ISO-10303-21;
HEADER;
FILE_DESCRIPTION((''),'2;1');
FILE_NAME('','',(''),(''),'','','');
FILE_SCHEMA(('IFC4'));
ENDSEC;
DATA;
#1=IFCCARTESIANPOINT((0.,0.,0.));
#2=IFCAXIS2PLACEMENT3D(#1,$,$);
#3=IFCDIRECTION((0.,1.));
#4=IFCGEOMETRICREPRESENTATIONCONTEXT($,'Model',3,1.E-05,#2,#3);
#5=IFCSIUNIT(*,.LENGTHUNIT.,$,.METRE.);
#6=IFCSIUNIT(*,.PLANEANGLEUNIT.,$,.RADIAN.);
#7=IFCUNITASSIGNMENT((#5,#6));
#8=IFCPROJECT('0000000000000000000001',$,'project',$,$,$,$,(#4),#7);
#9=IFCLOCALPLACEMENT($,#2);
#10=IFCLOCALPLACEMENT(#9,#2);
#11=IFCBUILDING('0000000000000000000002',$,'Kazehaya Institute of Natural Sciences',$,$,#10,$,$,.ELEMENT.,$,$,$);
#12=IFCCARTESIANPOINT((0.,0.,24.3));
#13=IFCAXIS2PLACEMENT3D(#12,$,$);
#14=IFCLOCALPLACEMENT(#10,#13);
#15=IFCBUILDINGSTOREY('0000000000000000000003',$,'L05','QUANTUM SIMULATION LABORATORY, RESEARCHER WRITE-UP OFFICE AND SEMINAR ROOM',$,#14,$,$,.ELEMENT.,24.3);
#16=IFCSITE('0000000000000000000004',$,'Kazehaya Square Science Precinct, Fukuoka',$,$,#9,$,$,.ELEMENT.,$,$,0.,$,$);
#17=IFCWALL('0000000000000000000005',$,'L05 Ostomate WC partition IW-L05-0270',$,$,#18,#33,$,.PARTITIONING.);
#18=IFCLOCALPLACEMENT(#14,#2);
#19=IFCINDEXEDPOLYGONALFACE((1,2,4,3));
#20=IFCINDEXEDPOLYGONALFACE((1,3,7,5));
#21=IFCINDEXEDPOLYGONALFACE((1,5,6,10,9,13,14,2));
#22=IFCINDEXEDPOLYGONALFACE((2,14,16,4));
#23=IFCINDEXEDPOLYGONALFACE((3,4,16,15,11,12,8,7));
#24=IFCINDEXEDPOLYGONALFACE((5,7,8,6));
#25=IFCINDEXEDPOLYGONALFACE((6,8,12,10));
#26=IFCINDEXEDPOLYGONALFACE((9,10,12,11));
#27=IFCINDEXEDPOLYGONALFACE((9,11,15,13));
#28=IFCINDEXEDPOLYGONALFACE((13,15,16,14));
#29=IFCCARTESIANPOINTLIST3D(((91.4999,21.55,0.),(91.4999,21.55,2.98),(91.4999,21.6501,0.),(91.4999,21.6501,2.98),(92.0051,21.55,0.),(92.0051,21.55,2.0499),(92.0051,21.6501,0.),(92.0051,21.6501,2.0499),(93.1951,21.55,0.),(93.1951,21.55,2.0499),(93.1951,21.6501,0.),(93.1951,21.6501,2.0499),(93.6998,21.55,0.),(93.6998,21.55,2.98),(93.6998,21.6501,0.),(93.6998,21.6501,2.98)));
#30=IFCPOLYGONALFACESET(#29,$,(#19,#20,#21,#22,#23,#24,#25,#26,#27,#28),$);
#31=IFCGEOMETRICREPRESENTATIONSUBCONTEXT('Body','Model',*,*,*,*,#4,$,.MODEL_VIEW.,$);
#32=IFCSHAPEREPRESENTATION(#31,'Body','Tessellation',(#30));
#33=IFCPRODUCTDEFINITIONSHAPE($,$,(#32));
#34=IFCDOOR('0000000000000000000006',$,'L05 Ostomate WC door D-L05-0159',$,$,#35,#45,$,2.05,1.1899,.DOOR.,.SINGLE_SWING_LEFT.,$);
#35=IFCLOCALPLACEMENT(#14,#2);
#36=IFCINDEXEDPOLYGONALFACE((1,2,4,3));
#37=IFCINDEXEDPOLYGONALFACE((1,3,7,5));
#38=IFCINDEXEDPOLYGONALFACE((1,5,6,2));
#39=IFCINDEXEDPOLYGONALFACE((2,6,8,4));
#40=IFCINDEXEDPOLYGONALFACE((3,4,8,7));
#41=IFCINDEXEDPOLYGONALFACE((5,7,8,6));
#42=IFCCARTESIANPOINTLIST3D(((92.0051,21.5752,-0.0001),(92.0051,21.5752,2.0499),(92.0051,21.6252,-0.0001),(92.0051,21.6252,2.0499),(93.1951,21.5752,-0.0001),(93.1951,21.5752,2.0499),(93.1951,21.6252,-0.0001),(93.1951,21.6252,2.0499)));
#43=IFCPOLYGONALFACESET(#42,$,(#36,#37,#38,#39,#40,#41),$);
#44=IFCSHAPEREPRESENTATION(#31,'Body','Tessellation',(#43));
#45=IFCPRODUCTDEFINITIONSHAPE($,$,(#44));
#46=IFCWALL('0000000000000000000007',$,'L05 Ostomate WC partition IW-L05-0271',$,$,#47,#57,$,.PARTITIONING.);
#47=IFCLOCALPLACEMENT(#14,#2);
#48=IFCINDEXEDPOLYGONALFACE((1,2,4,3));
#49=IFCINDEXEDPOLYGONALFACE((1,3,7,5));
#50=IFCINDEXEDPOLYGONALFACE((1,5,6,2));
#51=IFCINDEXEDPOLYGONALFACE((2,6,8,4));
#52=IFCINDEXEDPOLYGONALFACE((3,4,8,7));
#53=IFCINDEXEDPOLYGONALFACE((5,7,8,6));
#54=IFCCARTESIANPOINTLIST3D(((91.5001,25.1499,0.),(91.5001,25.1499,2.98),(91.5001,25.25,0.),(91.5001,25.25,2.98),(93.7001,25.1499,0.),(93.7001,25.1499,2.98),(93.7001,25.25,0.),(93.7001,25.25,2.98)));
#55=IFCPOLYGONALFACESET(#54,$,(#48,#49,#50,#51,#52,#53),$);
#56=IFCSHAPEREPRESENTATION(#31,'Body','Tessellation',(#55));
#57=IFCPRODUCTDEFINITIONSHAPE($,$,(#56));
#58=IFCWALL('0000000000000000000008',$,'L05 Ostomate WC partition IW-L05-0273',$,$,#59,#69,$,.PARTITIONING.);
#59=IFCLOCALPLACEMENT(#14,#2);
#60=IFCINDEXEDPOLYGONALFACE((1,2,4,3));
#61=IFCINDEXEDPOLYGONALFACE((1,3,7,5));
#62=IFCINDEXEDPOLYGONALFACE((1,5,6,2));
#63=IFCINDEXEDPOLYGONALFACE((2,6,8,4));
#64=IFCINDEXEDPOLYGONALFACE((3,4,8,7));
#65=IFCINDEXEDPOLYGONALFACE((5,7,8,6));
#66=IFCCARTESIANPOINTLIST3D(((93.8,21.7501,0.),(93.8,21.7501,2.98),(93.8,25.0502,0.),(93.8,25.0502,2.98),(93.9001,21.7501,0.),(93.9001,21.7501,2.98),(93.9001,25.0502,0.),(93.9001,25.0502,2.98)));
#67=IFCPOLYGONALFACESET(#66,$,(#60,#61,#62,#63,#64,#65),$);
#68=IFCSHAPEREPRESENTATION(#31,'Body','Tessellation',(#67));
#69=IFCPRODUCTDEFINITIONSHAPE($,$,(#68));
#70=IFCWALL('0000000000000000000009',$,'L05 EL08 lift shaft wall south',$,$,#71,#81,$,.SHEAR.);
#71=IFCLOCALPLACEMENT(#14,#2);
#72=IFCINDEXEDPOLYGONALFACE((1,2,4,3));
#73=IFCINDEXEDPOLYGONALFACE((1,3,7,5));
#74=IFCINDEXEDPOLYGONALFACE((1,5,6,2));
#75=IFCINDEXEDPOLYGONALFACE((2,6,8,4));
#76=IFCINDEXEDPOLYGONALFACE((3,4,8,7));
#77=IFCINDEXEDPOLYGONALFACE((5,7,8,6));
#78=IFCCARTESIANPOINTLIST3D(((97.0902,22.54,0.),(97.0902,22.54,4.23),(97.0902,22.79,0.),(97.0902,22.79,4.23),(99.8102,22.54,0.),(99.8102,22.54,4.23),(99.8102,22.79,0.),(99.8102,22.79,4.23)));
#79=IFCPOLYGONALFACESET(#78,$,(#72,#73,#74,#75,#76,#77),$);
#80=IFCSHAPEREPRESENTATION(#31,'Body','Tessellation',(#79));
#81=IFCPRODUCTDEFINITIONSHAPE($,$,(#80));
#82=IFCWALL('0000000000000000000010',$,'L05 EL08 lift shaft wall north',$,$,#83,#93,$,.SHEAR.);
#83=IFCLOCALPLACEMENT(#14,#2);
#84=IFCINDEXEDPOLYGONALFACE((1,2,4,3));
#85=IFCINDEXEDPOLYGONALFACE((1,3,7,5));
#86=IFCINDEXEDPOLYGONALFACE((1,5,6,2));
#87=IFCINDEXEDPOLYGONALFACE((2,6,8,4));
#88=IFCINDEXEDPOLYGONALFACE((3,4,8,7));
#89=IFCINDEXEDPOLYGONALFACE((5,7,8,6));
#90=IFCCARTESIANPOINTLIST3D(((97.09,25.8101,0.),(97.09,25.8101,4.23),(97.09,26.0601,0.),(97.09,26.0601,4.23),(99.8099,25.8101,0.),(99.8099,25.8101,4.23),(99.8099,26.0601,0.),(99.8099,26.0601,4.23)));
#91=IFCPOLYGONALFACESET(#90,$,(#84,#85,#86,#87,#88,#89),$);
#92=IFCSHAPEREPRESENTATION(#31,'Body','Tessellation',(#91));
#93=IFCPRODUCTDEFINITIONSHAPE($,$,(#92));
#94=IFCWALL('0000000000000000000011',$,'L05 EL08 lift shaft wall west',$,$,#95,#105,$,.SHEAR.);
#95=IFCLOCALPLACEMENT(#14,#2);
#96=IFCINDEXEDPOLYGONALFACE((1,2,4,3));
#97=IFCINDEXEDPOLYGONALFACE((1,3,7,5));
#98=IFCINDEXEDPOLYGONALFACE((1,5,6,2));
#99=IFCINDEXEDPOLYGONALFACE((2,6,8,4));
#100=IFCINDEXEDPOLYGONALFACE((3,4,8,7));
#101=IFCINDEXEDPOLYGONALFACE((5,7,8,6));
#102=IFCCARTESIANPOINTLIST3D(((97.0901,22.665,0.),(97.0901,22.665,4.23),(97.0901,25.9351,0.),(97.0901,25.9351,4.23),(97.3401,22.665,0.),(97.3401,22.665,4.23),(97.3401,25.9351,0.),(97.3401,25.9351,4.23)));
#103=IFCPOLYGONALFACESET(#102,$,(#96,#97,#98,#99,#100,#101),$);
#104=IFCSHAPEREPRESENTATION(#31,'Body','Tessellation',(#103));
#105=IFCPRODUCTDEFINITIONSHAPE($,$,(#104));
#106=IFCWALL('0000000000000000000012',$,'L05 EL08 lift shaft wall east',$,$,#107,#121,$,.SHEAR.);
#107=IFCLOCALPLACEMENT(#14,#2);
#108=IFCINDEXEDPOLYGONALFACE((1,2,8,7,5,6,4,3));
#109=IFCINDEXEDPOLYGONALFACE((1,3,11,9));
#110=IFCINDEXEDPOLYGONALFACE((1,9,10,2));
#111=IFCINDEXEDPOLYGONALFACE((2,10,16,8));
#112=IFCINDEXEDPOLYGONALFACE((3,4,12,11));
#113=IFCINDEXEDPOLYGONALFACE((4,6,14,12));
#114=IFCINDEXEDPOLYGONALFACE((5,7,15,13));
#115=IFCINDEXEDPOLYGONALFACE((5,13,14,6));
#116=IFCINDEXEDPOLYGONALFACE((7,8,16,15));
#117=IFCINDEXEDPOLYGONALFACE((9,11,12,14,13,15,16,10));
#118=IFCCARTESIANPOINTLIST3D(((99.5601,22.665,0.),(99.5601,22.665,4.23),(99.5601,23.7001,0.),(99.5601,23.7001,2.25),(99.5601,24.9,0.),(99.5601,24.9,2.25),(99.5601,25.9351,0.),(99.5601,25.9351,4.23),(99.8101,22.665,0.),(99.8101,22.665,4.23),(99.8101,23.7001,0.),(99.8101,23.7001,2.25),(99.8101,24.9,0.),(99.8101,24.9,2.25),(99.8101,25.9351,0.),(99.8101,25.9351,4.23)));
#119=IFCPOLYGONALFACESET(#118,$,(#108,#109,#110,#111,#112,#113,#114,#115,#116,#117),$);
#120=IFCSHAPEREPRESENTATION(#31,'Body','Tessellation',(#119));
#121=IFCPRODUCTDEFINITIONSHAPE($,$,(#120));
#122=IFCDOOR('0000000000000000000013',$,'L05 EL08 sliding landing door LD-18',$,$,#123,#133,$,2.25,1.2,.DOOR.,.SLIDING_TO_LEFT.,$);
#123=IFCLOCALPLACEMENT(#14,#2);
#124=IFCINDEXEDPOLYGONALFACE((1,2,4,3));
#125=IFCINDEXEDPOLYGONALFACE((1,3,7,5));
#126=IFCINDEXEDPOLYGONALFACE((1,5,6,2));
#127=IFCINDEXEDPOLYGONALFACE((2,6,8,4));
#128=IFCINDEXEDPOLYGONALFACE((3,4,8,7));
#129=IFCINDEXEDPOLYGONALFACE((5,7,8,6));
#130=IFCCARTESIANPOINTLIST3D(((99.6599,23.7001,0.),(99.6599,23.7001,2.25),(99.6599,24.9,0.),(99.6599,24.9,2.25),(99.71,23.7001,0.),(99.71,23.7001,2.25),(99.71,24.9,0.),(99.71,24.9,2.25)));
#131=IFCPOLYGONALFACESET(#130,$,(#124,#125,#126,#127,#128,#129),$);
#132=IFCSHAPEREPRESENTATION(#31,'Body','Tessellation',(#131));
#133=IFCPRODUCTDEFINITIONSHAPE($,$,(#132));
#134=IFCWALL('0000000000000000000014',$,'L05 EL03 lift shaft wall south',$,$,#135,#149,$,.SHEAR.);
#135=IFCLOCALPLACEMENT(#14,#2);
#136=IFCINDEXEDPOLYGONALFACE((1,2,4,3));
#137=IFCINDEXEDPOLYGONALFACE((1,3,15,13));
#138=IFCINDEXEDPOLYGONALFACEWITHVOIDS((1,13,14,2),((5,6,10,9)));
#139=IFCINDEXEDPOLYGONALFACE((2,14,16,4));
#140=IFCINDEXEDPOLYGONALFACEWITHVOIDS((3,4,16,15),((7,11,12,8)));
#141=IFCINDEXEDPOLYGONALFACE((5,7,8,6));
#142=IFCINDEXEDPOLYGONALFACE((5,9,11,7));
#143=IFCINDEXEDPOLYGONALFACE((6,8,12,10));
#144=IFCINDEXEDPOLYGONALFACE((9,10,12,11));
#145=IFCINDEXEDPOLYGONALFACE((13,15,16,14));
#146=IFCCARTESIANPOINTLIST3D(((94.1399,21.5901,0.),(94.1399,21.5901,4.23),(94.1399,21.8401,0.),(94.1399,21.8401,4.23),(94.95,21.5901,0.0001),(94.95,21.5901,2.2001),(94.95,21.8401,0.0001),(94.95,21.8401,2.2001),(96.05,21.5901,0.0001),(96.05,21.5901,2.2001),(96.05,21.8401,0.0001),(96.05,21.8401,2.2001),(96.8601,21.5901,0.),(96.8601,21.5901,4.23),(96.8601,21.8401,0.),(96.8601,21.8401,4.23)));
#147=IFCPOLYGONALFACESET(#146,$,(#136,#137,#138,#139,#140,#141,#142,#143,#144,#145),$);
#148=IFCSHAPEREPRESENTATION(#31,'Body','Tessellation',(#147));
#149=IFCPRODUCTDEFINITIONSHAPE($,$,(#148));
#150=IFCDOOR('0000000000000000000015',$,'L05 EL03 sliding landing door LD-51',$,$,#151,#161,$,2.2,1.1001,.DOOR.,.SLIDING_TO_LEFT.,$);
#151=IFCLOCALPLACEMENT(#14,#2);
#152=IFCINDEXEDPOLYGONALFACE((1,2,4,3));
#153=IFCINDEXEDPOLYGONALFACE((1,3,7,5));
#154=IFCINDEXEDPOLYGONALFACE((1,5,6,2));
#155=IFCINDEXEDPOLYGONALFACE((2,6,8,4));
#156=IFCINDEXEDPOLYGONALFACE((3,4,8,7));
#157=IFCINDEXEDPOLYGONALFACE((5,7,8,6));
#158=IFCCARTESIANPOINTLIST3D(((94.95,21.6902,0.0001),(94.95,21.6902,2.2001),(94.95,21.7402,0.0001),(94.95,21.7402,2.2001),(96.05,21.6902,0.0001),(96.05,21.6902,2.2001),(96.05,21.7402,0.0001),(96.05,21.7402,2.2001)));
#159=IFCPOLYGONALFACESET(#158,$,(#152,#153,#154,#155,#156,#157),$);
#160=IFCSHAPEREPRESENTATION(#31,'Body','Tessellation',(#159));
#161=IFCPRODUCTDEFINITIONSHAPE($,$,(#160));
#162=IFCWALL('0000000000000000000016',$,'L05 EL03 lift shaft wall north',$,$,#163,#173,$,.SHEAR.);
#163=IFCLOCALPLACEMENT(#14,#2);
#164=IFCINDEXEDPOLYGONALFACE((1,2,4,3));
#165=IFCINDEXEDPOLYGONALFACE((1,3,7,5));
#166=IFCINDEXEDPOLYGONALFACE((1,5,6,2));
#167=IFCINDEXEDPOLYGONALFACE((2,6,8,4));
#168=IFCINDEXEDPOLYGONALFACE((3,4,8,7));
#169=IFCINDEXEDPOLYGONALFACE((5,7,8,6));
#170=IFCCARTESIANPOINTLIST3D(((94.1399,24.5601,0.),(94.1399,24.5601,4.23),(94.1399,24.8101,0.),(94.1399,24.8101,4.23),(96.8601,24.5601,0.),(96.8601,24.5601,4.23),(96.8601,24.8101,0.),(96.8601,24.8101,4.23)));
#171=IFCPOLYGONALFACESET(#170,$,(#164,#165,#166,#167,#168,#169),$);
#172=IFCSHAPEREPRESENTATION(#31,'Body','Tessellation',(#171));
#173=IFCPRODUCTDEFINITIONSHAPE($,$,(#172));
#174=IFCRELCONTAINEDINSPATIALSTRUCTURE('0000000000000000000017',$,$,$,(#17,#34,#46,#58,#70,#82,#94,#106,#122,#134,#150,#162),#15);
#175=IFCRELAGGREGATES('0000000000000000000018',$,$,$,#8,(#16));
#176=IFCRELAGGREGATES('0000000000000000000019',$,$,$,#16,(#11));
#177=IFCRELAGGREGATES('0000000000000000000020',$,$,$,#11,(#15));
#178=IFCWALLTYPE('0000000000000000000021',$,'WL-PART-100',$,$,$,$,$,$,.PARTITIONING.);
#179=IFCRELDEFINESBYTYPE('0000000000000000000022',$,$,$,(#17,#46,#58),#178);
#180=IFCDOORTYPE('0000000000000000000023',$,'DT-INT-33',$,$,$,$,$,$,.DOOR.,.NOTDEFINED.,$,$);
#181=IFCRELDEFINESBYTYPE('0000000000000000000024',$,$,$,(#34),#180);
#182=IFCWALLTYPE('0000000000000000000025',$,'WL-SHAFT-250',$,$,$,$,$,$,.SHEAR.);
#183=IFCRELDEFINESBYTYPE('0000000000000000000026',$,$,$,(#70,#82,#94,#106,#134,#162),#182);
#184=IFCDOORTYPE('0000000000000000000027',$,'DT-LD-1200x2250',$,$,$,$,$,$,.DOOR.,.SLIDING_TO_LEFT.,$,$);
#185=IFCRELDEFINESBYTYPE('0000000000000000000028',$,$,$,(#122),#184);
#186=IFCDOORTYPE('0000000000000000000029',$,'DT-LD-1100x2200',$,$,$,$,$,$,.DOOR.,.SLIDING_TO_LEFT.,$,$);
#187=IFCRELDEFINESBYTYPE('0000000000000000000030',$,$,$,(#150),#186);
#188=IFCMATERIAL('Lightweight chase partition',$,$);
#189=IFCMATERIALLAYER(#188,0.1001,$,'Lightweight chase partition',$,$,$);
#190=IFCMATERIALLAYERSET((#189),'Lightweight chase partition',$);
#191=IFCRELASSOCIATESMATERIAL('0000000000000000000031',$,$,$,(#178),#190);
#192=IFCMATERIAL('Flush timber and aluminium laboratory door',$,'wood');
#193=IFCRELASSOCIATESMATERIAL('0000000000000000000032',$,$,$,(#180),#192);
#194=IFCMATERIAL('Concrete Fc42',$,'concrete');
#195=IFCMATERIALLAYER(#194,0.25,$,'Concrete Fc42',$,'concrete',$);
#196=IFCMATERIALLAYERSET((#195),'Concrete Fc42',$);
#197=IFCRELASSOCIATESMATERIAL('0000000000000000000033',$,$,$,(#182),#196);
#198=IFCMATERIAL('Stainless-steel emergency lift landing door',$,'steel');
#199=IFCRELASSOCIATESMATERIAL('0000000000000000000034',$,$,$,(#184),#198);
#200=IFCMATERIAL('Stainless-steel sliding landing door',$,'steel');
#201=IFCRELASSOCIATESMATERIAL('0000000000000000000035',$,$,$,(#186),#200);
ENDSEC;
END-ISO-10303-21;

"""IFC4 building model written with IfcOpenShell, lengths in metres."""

from ifc_helpers import new_model, si_unit, direction, frame, frame_2d, origin, place, context, subcontext, project, spatial, rectangle, extrude, material, layer, layer_set, type_object, element, fill, save


model = new_model("IFC4")

# Units and contexts
model_context = context("Model", 3, precision=1e-05, world=origin(), true_north=direction((0.0, 1.0)))
body_context = subcontext(model_context, "Body", "Model", "MODEL_VIEW")
ifc_project = project(units=[si_unit("LENGTHUNIT", "METRE"), si_unit("PLANEANGLEUNIT", "RADIAN")], contexts=[model_context])

# Site, building, storey
site_placement = place(None, origin())
site = spatial("IfcSite", under=ifc_project, at=site_placement, Name="Kazehaya Square Science Precinct, Fukuoka", CompositionType="ELEMENT", RefElevation=0.0)
building_placement = place(site_placement, origin())
building = spatial("IfcBuilding", under=site, at=building_placement, Name="Kazehaya Institute of Natural Sciences", CompositionType="ELEMENT")
storey_placement = place(building_placement, frame((0.0, 0.0, 24.3)))
storey = spatial("IfcBuildingStorey", under=building, at=storey_placement, Name="L05", Description="QUANTUM SIMULATION LABORATORY, RESEARCHER WRITE-UP OFFICE AND SEMINAR ROOM", CompositionType="ELEMENT", Elevation=24.3)

# Shared definitions
ifc_material_1 = material(Name="Concrete Fc42", Category="concrete")

# Wall, opening, door
ifc_material_2 = material(Name="Lightweight chase partition")
ifc_layer_1 = layer(ifc_material_2, 0.1001, Name="Lightweight chase partition")
ifc_layer_set_1 = layer_set([ifc_layer_1], Name="Lightweight chase partition")
wall_type_1 = type_object("IfcWallType", Name="WL-PART-100", PredefinedType="PARTITIONING", material=ifc_layer_set_1)
wall_1_placement = place(storey_placement, frame((93.7, 21.6001, 0.0), z_axis=(0.0, 0.0, 1.0), x_axis=(-1.0, 0.0, 0.0)))
wall_1 = element("IfcWall", 1, at=wall_1_placement, inside=storey, type_object=wall_type_1, Name="L05 Ostomate WC partition IW-L05-0270", PredefinedType="PARTITIONING", context=body_context, shape_type="SweptSolid", body=[
    extrude(rectangle(XDim=2.2, YDim=0.1001, at=frame_2d((1.1001, 0.0))), origin(), (0.0, 0.0, 1.0), 2.98),
])
opening_1_placement = place(wall_1_placement, frame((0.5049, 0.0, 0.0)))
opening_1 = element("IfcOpeningElement", 2, at=opening_1_placement, cuts=wall_1, PredefinedType="OPENING", context=body_context, shape_type="SweptSolid", body=[
    extrude(rectangle(XDim=1.1899, YDim=2.05, at=frame_2d((0.595, 1.0249))), frame((0.0, 0.0601, 0.0), z_axis=(0.0, -1.0, 0.0), x_axis=(1.0, 0.0, 0.0)), (0.0, 0.0, 1.0), 0.1201),
])
ifc_material_3 = material(Name="Flush timber and aluminium laboratory door", Category="wood")
door_type_1 = type_object("IfcDoorType", Name="DT-INT-33", OperationType="NOTDEFINED", PredefinedType="DOOR", material=ifc_material_3)
door_1_placement = place(opening_1_placement, origin())
door_1 = element("IfcDoor", 3, at=door_1_placement, inside=storey, type_object=door_type_1, Name="L05 Ostomate WC door D-L05-0159", OperationType="SINGLE_SWING_LEFT", OverallHeight=2.05, OverallWidth=1.1899, PredefinedType="DOOR", context=body_context, shape_type="SweptSolid", body=[
    extrude(rectangle(XDim=1.1899, YDim=2.05, at=frame_2d((0.595, 1.0249))), frame((0.0, 0.0249, 0.0), z_axis=(0.0, -1.0, 0.0), x_axis=(1.0, 0.0, 0.0)), (0.0, 0.0, 1.0), 0.05),
])
fill(opening_1, door_1)

# Walls
wall_2_placement = place(storey_placement, frame((91.5, 25.2, 0.0), z_axis=(0.0, 0.0, 1.0), x_axis=(1.0, 0.0, 0.0)))
element("IfcWall", 4, at=wall_2_placement, inside=storey, type_object=wall_type_1, Name="L05 Ostomate WC partition IW-L05-0271", PredefinedType="PARTITIONING", context=body_context, shape_type="SweptSolid", body=[
    extrude(rectangle(XDim=2.2, YDim=0.1001, at=frame_2d((1.1001, 0.0))), origin(), (0.0, 0.0, 1.0), 2.98),
])
wall_3_placement = place(storey_placement, frame((93.8501, 25.05, 0.0), z_axis=(0.0, 0.0, 1.0), x_axis=(0.0, -1.0, 0.0)))
element("IfcWall", 5, at=wall_3_placement, inside=storey, type_object=wall_type_1, Name="L05 Ostomate WC partition IW-L05-0273", PredefinedType="PARTITIONING", context=body_context, shape_type="SweptSolid", body=[
    extrude(rectangle(XDim=3.3, YDim=0.1001, at=frame_2d((1.6499, 0.0))), origin(), (0.0, 0.0, 1.0), 2.98),
])
ifc_layer_2 = layer(ifc_material_1, 0.25, Name="Concrete Fc42", Category="concrete")
ifc_layer_set_2 = layer_set([ifc_layer_2], Name="Concrete Fc42")
wall_type_2 = type_object("IfcWallType", Name="WL-SHAFT-250", PredefinedType="SHEAR", material=ifc_layer_set_2)
for number, where, z_axis, x_axis, name in (
    (6, (99.8101, 22.665, 0.0), (0.0, 0.0, 1.0), (-1.0, 0.0, 0.0), "L05 EL08 lift shaft wall south"),
    (7, (97.0901, 25.9351, 0.0), (0.0, 0.0, 1.0), (1.0, 0.0, 0.0), "L05 EL08 lift shaft wall north"),
):
    element("IfcWall", number, at=place(storey_placement, frame(where, z_axis=z_axis, x_axis=x_axis)), inside=storey, type_object=wall_type_2, Name=name, PredefinedType="SHEAR", context=body_context, shape_type="SweptSolid", body=[
        extrude(rectangle(XDim=2.72, YDim=0.25, at=frame_2d((1.3599, 0.0))), origin(), (0.0, 0.0, 1.0), 4.23),
    ])
wall_4_placement = place(storey_placement, frame((97.2151, 22.665, 0.0), z_axis=(0.0, 0.0, 1.0), x_axis=(0.0, 1.0, 0.0)))
element("IfcWall", 8, at=wall_4_placement, inside=storey, type_object=wall_type_2, Name="L05 EL08 lift shaft wall west", PredefinedType="SHEAR", context=body_context, shape_type="SweptSolid", body=[
    extrude(rectangle(XDim=3.27, YDim=0.25, at=frame_2d((1.635, 0.0))), origin(), (0.0, 0.0, 1.0), 4.23),
])

# Walls, openings, doors
wall_5_placement = place(storey_placement, frame((99.6851, 25.9351, 0.0), z_axis=(0.0, 0.0, 1.0), x_axis=(0.0, -1.0, 0.0)))
wall_5 = element("IfcWall", 9, at=wall_5_placement, inside=storey, type_object=wall_type_2, Name="L05 EL08 lift shaft wall east", PredefinedType="SHEAR", context=body_context, shape_type="SweptSolid", body=[
    extrude(rectangle(XDim=3.27, YDim=0.25, at=frame_2d((1.635, 0.0))), origin(), (0.0, 0.0, 1.0), 4.23),
])
opening_2_placement = place(wall_5_placement, frame((1.0349, 0.0, 0.0)))
opening_2 = element("IfcOpeningElement", 10, at=opening_2_placement, cuts=wall_5, PredefinedType="OPENING", context=body_context, shape_type="SweptSolid", body=[
    extrude(rectangle(XDim=1.2, YDim=2.25, at=frame_2d((0.6001, 1.125))), frame((0.0, 0.135, 0.0), z_axis=(0.0, -1.0, 0.0), x_axis=(1.0, 0.0, 0.0)), (0.0, 0.0, 1.0), 0.27),
])
ifc_material_4 = material(Name="Stainless-steel emergency lift landing door", Category="steel")
door_type_2 = type_object("IfcDoorType", Name="DT-LD-1200x2250", OperationType="SLIDING_TO_LEFT", PredefinedType="DOOR", material=ifc_material_4)
door_2_placement = place(opening_2_placement, origin())
door_2 = element("IfcDoor", 11, at=door_2_placement, inside=storey, type_object=door_type_2, Name="L05 EL08 sliding landing door LD-18", OperationType="SLIDING_TO_LEFT", OverallHeight=2.25, OverallWidth=1.2, PredefinedType="DOOR", context=body_context, shape_type="SweptSolid", body=[
    extrude(rectangle(XDim=1.2, YDim=2.25, at=frame_2d((0.6001, 1.125))), frame((0.0, 0.0249, 0.0), z_axis=(0.0, -1.0, 0.0), x_axis=(1.0, 0.0, 0.0)), (0.0, 0.0, 1.0), 0.05),
])
fill(opening_2, door_2)
wall_6_placement = place(storey_placement, frame((96.8601, 21.7151, 0.0), z_axis=(0.0, 0.0, 1.0), x_axis=(-1.0, 0.0, 0.0)))
wall_6 = element("IfcWall", 12, at=wall_6_placement, inside=storey, type_object=wall_type_2, Name="L05 EL03 lift shaft wall south", PredefinedType="SHEAR", context=body_context, shape_type="SweptSolid", body=[
    extrude(rectangle(XDim=2.7202, YDim=0.25, at=frame_2d((1.3601, 0.0))), origin(), (0.0, 0.0, 1.0), 4.23),
])
opening_3_placement = place(wall_6_placement, frame((0.8101, 0.0, 0.0)))
opening_3 = element("IfcOpeningElement", 13, at=opening_3_placement, cuts=wall_6, PredefinedType="OPENING", context=body_context, shape_type="SweptSolid", body=[
    extrude(rectangle(XDim=1.1001, YDim=2.2, at=frame_2d((0.55, 1.1001))), frame((0.0, 0.135, 0.0), z_axis=(0.0, -1.0, 0.0), x_axis=(1.0, 0.0, 0.0)), (0.0, 0.0, 1.0), 0.27),
])
ifc_material_5 = material(Name="Stainless-steel sliding landing door", Category="steel")
door_type_3 = type_object("IfcDoorType", Name="DT-LD-1100x2200", OperationType="SLIDING_TO_LEFT", PredefinedType="DOOR", material=ifc_material_5)
door_3_placement = place(opening_3_placement, origin())
door_3 = element("IfcDoor", 14, at=door_3_placement, inside=storey, type_object=door_type_3, Name="L05 EL03 sliding landing door LD-51", OperationType="SLIDING_TO_LEFT", OverallHeight=2.2, OverallWidth=1.1001, PredefinedType="DOOR", context=body_context, shape_type="SweptSolid", body=[
    extrude(rectangle(XDim=1.1001, YDim=2.2, at=frame_2d((0.55, 1.1001))), frame((0.0, 0.0249, 0.0), z_axis=(0.0, -1.0, 0.0), x_axis=(1.0, 0.0, 0.0)), (0.0, 0.0, 1.0), 0.05),
])
fill(opening_3, door_3)

# Wall
wall_7_placement = place(storey_placement, frame((94.1399, 24.6851, 0.0), z_axis=(0.0, 0.0, 1.0), x_axis=(1.0, 0.0, 0.0)))
element("IfcWall", 15, at=wall_7_placement, inside=storey, type_object=wall_type_2, Name="L05 EL03 lift shaft wall north", PredefinedType="SHEAR", context=body_context, shape_type="SweptSolid", body=[
    extrude(rectangle(XDim=2.7202, YDim=0.25, at=frame_2d((1.3601, 0.0))), origin(), (0.0, 0.0, 1.0), 4.23),
])

save(model, "model.ifc")
